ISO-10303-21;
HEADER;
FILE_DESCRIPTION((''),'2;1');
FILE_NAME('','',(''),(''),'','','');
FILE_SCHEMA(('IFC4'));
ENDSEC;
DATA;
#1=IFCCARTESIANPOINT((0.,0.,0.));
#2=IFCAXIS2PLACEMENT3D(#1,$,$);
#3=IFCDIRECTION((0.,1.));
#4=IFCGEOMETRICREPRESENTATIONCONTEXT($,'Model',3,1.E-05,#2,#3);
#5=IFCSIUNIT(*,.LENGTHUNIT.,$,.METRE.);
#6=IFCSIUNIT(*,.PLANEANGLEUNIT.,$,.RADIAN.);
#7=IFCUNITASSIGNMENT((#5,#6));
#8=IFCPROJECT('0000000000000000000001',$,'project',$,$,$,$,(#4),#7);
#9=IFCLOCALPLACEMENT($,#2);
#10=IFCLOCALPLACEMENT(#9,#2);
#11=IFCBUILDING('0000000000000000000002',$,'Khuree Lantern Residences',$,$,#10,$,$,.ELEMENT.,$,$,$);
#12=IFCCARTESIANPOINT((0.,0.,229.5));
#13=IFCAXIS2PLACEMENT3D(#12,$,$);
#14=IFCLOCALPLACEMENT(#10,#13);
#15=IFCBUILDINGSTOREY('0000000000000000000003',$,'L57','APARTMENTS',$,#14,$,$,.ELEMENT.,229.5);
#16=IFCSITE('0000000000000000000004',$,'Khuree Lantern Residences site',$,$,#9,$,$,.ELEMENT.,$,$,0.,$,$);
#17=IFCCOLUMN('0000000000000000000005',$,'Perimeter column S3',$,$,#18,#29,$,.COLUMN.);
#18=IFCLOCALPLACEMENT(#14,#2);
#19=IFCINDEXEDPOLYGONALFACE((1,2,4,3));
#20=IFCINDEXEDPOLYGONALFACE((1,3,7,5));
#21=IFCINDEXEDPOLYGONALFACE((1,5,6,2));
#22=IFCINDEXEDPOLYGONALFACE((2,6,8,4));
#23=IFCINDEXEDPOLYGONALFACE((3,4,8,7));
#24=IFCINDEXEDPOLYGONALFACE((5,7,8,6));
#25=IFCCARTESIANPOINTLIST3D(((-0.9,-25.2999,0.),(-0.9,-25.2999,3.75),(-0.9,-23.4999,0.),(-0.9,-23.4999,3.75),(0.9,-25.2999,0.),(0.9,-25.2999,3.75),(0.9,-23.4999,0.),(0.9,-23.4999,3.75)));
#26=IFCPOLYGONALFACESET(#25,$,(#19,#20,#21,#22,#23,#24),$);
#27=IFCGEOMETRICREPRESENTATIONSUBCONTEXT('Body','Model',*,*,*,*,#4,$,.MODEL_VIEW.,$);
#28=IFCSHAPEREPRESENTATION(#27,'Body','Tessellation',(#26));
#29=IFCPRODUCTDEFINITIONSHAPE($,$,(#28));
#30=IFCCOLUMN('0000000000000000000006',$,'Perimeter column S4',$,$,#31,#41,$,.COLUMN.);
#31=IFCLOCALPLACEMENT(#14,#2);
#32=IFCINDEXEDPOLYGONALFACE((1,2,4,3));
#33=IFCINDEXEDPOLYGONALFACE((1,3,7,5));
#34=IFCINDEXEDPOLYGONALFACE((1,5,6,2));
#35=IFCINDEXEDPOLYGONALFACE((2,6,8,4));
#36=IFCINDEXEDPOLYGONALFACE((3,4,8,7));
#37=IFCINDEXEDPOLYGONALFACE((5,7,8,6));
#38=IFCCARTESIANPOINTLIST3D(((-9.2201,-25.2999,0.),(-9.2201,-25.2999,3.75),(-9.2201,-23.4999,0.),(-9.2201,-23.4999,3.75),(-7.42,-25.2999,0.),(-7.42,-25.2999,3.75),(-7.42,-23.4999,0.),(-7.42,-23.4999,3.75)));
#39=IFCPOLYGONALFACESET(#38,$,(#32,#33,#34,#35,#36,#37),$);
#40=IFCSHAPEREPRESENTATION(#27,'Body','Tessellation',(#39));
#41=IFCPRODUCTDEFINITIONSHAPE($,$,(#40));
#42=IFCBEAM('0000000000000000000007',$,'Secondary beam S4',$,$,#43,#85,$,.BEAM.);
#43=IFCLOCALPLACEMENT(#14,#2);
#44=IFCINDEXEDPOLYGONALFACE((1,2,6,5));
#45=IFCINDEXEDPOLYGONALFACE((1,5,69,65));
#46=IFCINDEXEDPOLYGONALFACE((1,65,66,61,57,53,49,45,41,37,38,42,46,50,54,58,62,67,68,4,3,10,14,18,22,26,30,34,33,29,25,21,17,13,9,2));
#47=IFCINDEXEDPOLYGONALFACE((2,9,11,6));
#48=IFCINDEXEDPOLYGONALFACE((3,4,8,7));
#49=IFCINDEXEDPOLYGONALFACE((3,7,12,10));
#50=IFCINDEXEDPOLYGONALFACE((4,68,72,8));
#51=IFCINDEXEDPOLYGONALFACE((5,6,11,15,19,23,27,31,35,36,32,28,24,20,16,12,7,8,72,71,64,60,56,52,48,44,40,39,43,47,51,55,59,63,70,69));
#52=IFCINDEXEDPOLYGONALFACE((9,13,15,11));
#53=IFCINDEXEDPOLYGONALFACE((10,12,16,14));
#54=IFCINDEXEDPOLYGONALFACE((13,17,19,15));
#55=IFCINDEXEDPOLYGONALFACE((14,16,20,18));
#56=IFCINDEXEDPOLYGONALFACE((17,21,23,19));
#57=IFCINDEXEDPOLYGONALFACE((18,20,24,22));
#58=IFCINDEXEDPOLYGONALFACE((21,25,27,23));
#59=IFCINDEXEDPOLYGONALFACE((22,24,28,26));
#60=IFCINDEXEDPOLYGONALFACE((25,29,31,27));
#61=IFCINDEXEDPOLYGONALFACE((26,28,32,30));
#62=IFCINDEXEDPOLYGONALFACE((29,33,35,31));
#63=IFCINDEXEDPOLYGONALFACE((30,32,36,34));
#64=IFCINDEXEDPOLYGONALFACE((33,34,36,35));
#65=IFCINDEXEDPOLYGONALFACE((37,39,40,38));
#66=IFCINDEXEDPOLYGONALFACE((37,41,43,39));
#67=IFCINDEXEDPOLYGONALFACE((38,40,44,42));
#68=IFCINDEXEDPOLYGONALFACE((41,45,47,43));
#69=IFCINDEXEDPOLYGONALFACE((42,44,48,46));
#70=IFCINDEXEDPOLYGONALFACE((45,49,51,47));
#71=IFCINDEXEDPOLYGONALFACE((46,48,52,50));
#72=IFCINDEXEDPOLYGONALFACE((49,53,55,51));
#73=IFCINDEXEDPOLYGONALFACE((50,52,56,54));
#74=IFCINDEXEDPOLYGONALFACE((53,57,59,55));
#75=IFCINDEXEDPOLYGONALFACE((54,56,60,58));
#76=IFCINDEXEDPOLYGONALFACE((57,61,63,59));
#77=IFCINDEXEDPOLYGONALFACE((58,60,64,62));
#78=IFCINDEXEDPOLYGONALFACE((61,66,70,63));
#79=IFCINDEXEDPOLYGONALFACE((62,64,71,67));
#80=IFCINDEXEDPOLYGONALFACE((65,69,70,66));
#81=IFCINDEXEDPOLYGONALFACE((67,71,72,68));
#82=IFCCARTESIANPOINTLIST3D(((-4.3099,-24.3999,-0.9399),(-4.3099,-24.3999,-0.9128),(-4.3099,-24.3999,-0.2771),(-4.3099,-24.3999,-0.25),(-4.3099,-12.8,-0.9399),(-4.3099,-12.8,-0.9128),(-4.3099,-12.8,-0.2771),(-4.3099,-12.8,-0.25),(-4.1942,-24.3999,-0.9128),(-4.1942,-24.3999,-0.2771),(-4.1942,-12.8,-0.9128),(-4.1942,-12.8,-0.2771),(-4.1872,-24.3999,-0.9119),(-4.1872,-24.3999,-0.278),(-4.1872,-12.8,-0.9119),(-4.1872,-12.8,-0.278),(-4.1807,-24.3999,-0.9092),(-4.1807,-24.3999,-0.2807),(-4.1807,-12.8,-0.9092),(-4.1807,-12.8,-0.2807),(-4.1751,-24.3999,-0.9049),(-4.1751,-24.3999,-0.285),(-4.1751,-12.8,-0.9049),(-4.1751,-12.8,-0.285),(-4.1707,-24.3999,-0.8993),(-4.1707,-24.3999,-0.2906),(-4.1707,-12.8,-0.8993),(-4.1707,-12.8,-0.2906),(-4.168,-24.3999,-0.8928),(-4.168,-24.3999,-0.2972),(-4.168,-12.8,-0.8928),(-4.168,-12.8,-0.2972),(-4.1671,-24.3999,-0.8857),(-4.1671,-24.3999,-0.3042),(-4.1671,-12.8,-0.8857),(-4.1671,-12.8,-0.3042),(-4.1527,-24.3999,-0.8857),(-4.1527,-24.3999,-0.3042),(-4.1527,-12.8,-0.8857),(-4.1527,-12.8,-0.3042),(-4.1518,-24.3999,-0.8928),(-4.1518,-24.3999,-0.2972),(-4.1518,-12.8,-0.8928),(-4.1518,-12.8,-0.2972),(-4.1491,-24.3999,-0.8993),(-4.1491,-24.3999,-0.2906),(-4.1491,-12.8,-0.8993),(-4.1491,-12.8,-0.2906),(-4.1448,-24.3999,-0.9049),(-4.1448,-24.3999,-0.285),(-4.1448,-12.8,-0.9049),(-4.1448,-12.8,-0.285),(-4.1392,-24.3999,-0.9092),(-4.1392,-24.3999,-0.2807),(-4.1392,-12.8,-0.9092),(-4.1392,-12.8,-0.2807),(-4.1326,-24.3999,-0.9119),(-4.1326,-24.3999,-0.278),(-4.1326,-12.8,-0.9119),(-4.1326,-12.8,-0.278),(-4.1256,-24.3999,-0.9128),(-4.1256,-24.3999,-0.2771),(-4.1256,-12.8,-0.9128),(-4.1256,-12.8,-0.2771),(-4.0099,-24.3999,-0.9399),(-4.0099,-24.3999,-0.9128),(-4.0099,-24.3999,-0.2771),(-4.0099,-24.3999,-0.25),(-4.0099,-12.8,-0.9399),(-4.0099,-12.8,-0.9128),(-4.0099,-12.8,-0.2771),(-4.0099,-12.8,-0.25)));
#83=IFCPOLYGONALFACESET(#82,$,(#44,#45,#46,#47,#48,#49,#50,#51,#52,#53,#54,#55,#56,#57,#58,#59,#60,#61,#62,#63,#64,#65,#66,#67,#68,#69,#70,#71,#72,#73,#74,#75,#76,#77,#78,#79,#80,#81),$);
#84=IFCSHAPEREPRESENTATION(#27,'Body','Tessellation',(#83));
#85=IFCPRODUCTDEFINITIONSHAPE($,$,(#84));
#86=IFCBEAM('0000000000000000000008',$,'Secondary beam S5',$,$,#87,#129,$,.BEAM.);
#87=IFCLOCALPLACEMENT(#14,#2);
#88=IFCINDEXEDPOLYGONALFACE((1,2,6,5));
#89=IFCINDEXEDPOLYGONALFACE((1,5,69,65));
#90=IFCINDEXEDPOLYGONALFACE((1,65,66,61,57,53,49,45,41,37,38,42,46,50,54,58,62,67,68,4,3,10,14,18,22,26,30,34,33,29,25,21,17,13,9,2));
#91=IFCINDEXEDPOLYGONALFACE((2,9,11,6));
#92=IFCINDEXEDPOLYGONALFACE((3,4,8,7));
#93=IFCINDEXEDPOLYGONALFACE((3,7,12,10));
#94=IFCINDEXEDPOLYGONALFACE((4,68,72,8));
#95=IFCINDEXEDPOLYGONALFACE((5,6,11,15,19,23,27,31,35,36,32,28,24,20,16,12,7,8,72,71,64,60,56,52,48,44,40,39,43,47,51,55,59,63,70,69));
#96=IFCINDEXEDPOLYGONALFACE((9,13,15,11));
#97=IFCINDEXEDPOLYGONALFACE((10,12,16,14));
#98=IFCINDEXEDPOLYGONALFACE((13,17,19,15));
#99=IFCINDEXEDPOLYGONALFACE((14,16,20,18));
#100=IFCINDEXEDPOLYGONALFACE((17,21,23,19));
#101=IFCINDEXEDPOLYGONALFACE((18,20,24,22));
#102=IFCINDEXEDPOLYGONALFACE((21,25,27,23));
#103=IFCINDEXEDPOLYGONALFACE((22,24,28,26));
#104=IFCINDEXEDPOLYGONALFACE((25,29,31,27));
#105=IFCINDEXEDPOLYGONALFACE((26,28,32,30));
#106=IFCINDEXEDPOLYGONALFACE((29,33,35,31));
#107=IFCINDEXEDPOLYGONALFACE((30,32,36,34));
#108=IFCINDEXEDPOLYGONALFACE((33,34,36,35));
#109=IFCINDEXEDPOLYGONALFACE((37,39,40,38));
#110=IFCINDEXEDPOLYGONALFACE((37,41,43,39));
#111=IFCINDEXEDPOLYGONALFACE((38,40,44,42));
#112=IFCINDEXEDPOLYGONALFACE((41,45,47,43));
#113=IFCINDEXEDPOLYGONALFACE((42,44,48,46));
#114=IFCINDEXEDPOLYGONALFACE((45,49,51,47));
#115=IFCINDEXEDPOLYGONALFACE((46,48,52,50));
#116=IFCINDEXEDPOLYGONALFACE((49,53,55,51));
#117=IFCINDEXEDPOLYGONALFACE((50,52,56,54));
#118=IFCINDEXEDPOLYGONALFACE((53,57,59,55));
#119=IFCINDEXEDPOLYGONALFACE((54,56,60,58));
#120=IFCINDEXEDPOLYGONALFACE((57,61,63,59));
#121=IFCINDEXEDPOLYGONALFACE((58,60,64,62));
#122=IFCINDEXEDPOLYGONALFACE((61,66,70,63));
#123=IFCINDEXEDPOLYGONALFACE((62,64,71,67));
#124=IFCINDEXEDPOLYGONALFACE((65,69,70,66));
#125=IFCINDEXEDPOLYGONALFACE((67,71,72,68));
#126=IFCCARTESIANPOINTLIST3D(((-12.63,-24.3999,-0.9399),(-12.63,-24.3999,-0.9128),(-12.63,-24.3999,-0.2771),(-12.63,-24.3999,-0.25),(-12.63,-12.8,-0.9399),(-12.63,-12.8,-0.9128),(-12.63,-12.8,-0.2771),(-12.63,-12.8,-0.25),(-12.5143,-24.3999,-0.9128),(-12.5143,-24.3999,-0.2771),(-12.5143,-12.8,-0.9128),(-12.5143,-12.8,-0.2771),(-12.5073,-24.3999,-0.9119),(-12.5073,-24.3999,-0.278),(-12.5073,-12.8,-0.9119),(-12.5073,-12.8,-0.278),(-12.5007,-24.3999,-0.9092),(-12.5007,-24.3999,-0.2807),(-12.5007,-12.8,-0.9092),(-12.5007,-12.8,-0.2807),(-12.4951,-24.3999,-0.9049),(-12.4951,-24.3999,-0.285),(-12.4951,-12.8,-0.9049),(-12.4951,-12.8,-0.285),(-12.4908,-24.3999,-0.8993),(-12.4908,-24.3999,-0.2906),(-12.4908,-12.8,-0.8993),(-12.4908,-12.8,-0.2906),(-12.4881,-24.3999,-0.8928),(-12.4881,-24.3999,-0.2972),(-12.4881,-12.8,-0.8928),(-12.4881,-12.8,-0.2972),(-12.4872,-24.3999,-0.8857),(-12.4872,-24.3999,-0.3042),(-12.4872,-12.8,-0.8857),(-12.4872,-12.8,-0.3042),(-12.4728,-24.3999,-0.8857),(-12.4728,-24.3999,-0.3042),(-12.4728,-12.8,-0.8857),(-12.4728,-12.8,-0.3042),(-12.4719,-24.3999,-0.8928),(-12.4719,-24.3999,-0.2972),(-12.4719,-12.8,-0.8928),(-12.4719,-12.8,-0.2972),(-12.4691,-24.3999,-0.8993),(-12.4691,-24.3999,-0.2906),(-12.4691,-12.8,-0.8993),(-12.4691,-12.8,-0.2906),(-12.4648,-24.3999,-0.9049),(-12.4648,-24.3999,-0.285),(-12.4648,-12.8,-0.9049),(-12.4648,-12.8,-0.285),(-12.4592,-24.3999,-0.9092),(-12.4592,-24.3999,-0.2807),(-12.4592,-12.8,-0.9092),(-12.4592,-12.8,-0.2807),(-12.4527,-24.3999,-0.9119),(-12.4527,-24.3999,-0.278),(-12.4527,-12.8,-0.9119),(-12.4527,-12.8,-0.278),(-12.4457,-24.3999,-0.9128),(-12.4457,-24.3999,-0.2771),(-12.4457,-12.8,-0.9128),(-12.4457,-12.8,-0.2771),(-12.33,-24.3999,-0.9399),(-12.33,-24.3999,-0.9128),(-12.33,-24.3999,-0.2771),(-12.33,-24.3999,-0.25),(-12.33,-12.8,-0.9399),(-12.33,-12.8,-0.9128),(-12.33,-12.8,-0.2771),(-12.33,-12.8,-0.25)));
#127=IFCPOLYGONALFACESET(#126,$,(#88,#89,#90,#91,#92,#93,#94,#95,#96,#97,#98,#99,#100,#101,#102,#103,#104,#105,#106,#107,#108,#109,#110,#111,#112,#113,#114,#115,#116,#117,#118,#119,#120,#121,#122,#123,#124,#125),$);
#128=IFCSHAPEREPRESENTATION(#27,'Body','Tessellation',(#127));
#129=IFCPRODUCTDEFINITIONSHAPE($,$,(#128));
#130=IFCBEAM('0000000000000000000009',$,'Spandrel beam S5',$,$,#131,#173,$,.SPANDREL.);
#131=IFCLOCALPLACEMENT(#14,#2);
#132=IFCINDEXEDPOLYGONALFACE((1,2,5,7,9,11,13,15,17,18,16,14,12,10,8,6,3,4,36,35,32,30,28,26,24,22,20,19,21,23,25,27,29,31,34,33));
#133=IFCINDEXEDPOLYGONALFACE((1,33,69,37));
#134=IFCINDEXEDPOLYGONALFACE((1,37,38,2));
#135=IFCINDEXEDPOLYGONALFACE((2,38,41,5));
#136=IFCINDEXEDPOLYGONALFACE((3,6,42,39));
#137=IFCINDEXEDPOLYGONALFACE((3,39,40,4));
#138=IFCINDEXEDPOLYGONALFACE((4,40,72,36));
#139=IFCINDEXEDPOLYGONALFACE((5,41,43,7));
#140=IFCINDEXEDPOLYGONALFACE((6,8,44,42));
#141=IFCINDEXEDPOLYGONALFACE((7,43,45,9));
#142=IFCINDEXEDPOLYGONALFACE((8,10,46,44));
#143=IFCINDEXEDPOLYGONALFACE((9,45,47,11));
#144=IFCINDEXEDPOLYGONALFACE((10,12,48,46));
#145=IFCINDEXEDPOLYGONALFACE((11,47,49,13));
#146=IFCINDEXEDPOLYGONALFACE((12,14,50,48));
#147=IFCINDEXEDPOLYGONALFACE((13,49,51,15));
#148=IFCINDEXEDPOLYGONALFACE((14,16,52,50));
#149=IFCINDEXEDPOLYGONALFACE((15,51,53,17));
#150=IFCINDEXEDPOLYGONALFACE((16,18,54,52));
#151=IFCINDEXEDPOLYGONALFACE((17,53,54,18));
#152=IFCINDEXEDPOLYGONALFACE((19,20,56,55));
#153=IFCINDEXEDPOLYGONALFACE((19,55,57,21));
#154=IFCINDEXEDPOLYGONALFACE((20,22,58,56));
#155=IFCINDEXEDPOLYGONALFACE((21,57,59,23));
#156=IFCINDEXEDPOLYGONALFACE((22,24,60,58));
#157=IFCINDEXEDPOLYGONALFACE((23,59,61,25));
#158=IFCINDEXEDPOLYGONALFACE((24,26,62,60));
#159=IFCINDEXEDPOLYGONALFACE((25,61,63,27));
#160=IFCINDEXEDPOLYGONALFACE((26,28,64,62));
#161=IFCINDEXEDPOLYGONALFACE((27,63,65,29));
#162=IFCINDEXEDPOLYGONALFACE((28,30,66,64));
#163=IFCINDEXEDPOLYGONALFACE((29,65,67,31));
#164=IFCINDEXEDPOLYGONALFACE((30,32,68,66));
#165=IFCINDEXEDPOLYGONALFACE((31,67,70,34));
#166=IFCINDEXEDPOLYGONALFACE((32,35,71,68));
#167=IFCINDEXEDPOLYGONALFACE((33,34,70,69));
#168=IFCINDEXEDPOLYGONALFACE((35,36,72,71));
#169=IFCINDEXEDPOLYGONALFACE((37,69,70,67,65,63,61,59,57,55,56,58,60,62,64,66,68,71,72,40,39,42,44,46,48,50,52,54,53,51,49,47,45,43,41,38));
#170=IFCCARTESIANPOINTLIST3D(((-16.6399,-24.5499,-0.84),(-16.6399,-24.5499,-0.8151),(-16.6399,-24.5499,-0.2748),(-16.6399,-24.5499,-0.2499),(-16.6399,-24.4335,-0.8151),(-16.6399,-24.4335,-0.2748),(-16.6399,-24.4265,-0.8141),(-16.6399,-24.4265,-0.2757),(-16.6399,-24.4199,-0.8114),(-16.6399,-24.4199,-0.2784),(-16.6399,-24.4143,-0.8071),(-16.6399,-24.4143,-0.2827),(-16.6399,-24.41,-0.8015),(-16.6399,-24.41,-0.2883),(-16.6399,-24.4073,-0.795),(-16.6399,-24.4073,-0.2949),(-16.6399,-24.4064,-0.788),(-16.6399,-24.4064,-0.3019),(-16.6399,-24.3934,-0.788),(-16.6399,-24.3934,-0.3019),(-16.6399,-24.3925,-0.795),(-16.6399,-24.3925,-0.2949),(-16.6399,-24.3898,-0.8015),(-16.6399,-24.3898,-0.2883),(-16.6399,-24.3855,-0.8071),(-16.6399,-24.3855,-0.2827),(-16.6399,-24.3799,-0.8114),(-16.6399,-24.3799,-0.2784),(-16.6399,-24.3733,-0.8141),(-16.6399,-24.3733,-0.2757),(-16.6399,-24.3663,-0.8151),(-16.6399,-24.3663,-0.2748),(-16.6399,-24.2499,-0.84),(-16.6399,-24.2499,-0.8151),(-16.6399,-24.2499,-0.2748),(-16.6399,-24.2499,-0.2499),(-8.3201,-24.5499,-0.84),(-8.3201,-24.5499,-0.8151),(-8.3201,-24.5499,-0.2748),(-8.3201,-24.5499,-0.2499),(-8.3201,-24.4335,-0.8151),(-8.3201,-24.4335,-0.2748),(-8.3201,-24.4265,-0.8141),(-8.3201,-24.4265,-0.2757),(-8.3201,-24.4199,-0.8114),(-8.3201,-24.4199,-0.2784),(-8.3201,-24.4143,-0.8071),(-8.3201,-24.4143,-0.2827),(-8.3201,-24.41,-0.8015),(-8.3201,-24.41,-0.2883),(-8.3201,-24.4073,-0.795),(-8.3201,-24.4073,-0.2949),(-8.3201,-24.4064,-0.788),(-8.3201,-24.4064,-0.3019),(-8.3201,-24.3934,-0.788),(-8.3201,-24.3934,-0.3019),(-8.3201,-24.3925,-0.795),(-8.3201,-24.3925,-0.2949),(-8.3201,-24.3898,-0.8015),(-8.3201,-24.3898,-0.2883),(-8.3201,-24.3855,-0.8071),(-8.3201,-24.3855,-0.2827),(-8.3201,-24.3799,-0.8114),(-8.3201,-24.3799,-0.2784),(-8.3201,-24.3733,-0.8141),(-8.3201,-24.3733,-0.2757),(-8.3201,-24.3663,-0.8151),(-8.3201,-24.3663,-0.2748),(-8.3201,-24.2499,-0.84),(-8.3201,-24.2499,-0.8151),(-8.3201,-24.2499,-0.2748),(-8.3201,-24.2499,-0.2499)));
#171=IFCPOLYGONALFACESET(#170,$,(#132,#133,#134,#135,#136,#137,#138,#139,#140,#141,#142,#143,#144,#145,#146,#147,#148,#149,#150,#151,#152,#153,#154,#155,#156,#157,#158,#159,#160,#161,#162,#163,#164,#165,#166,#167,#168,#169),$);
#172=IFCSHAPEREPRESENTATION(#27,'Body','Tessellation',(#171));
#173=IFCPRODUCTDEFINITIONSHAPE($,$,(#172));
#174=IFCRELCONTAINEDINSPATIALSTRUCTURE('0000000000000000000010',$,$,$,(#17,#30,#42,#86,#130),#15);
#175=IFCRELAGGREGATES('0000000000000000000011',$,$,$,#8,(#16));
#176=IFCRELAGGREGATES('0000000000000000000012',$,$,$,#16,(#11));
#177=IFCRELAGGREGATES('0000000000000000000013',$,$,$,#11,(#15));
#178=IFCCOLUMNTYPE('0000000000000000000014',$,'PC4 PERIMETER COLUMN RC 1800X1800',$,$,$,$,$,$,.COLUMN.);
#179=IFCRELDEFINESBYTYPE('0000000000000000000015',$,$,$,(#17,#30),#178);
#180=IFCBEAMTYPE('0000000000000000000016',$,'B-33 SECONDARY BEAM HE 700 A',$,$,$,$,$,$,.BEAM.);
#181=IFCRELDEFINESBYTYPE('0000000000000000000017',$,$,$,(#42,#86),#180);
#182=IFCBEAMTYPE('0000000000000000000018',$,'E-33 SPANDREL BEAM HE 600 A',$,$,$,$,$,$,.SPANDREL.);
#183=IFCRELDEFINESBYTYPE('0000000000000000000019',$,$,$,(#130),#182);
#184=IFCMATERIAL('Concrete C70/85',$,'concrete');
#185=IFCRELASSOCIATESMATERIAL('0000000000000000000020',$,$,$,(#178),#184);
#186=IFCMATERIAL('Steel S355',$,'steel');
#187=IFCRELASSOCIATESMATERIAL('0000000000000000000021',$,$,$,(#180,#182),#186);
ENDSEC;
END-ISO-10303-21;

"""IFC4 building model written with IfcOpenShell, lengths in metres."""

from ifc_helpers import new_model, si_unit, direction, frame, origin, origin_2d, place, context, subcontext, project, spatial, rectangle, i_section, extrude, material, material_profile, profile_set, type_object, element, save


model = new_model("IFC4")

# Units and contexts
model_context = context("Model", 3, precision=1e-05, world=origin(), true_north=direction((0.0, 1.0)))
body_context = subcontext(model_context, "Body", "Model", "MODEL_VIEW")
ifc_project = project(units=[si_unit("LENGTHUNIT", "METRE"), si_unit("PLANEANGLEUNIT", "RADIAN")], contexts=[model_context])

# Site, building, storey
site_placement = place(None, origin())
site = spatial("IfcSite", under=ifc_project, at=site_placement, Name="Khuree Lantern Residences site", CompositionType="ELEMENT", RefElevation=0.0)
building_placement = place(site_placement, origin())
building = spatial("IfcBuilding", under=site, at=building_placement, Name="Khuree Lantern Residences", CompositionType="ELEMENT")
storey_placement = place(building_placement, frame((0.0, 0.0, 229.5)))
storey = spatial("IfcBuildingStorey", under=building, at=storey_placement, Name="L57", Description="APARTMENTS", CompositionType="ELEMENT", Elevation=229.5)

# Columns
ifc_material_1 = material(Name="Concrete C70/85", Category="concrete")
ifc_material_profile_1 = material_profile(ifc_material_1, rectangle(XDim=1.8, YDim=1.8, at=origin_2d()), Name="RC 1800X1800")
ifc_profile_set_1 = profile_set([ifc_material_profile_1], Name="Concrete C70/85")
column_type = type_object("IfcColumnType", Name="PC4 PERIMETER COLUMN RC 1800X1800", PredefinedType="COLUMN", material=ifc_profile_set_1)
for number, where, z_axis, x_axis, name in (
    (1, (0.0, -24.3999, 0.0), (0.0, 0.0, 1.0), (1.0, 0.0, 0.0), "Perimeter column S3"),
    (2, (-8.3201, -24.3999, 0.0), (0.0, 0.0, 1.0), (1.0, 0.0, 0.0), "Perimeter column S4"),
):
    element("IfcColumn", number, at=place(storey_placement, frame(where, z_axis=z_axis, x_axis=x_axis)), inside=storey, type_object=column_type, Name=name, PredefinedType="COLUMN", context=body_context, shape_type="SweptSolid", body=[
        extrude(rectangle(XDim=1.8, YDim=1.8, at=origin_2d()), origin(), (0.0, 0.0, 1.0), 3.75),
    ])

# Beams
ifc_material_2 = material(Name="Steel S355", Category="steel")
ifc_material_profile_2 = material_profile(ifc_material_2, i_section(OverallWidth=0.3, OverallDepth=0.6899, WebThickness=0.0144, FlangeThickness=0.0271, FilletRadius=0.0271, at=origin_2d()), Name="HE 700 A")
ifc_profile_set_2 = profile_set([ifc_material_profile_2], Name="Steel S355")
beam_type_1 = type_object("IfcBeamType", Name="B-33 SECONDARY BEAM HE 700 A", PredefinedType="BEAM", material=ifc_profile_set_2)
for number, where, z_axis, x_axis, name in (
    (3, (-4.1599, -24.3999, -0.595), (0.0, 1.0, 0.0), (-1.0, 0.0, 0.0), "Secondary beam S4"),
    (4, (-12.48, -24.3999, -0.595), (0.0, 1.0, 0.0), (-1.0, 0.0, 0.0), "Secondary beam S5"),
):
    element("IfcBeam", number, at=place(storey_placement, frame(where, z_axis=z_axis, x_axis=x_axis)), inside=storey, type_object=beam_type_1, Name=name, PredefinedType="BEAM", context=body_context, shape_type="SweptSolid", body=[
        extrude(i_section(OverallWidth=0.3, OverallDepth=0.6899, WebThickness=0.0144, FlangeThickness=0.0271, FilletRadius=0.0271, at=origin_2d()), origin(), (0.0, 0.0, 1.0), 11.5999),
    ])
ifc_material_profile_3 = material_profile(ifc_material_2, i_section(OverallWidth=0.3, OverallDepth=0.5901, WebThickness=0.0129, FlangeThickness=0.0249, FilletRadius=0.0271, at=origin_2d()), Name="HE 600 A")
ifc_profile_set_3 = profile_set([ifc_material_profile_3], Name="Steel S355")
beam_type_2 = type_object("IfcBeamType", Name="E-33 SPANDREL BEAM HE 600 A", PredefinedType="SPANDREL", material=ifc_profile_set_3)
beam_1_placement = place(storey_placement, frame((-8.3201, -24.3999, -0.5449), z_axis=(-1.0, 0.0, 0.0), x_axis=(0.0, -1.0, 0.0)))
element("IfcBeam", 5, at=beam_1_placement, inside=storey, type_object=beam_type_2, Name="Spandrel beam S5", PredefinedType="SPANDREL", context=body_context, shape_type="SweptSolid", body=[
    extrude(i_section(OverallWidth=0.3, OverallDepth=0.5901, WebThickness=0.0129, FlangeThickness=0.0249, FilletRadius=0.0271, at=origin_2d()), origin(), (0.0, 0.0, 1.0), 8.3198),
])

save(model, "model.ifc")
